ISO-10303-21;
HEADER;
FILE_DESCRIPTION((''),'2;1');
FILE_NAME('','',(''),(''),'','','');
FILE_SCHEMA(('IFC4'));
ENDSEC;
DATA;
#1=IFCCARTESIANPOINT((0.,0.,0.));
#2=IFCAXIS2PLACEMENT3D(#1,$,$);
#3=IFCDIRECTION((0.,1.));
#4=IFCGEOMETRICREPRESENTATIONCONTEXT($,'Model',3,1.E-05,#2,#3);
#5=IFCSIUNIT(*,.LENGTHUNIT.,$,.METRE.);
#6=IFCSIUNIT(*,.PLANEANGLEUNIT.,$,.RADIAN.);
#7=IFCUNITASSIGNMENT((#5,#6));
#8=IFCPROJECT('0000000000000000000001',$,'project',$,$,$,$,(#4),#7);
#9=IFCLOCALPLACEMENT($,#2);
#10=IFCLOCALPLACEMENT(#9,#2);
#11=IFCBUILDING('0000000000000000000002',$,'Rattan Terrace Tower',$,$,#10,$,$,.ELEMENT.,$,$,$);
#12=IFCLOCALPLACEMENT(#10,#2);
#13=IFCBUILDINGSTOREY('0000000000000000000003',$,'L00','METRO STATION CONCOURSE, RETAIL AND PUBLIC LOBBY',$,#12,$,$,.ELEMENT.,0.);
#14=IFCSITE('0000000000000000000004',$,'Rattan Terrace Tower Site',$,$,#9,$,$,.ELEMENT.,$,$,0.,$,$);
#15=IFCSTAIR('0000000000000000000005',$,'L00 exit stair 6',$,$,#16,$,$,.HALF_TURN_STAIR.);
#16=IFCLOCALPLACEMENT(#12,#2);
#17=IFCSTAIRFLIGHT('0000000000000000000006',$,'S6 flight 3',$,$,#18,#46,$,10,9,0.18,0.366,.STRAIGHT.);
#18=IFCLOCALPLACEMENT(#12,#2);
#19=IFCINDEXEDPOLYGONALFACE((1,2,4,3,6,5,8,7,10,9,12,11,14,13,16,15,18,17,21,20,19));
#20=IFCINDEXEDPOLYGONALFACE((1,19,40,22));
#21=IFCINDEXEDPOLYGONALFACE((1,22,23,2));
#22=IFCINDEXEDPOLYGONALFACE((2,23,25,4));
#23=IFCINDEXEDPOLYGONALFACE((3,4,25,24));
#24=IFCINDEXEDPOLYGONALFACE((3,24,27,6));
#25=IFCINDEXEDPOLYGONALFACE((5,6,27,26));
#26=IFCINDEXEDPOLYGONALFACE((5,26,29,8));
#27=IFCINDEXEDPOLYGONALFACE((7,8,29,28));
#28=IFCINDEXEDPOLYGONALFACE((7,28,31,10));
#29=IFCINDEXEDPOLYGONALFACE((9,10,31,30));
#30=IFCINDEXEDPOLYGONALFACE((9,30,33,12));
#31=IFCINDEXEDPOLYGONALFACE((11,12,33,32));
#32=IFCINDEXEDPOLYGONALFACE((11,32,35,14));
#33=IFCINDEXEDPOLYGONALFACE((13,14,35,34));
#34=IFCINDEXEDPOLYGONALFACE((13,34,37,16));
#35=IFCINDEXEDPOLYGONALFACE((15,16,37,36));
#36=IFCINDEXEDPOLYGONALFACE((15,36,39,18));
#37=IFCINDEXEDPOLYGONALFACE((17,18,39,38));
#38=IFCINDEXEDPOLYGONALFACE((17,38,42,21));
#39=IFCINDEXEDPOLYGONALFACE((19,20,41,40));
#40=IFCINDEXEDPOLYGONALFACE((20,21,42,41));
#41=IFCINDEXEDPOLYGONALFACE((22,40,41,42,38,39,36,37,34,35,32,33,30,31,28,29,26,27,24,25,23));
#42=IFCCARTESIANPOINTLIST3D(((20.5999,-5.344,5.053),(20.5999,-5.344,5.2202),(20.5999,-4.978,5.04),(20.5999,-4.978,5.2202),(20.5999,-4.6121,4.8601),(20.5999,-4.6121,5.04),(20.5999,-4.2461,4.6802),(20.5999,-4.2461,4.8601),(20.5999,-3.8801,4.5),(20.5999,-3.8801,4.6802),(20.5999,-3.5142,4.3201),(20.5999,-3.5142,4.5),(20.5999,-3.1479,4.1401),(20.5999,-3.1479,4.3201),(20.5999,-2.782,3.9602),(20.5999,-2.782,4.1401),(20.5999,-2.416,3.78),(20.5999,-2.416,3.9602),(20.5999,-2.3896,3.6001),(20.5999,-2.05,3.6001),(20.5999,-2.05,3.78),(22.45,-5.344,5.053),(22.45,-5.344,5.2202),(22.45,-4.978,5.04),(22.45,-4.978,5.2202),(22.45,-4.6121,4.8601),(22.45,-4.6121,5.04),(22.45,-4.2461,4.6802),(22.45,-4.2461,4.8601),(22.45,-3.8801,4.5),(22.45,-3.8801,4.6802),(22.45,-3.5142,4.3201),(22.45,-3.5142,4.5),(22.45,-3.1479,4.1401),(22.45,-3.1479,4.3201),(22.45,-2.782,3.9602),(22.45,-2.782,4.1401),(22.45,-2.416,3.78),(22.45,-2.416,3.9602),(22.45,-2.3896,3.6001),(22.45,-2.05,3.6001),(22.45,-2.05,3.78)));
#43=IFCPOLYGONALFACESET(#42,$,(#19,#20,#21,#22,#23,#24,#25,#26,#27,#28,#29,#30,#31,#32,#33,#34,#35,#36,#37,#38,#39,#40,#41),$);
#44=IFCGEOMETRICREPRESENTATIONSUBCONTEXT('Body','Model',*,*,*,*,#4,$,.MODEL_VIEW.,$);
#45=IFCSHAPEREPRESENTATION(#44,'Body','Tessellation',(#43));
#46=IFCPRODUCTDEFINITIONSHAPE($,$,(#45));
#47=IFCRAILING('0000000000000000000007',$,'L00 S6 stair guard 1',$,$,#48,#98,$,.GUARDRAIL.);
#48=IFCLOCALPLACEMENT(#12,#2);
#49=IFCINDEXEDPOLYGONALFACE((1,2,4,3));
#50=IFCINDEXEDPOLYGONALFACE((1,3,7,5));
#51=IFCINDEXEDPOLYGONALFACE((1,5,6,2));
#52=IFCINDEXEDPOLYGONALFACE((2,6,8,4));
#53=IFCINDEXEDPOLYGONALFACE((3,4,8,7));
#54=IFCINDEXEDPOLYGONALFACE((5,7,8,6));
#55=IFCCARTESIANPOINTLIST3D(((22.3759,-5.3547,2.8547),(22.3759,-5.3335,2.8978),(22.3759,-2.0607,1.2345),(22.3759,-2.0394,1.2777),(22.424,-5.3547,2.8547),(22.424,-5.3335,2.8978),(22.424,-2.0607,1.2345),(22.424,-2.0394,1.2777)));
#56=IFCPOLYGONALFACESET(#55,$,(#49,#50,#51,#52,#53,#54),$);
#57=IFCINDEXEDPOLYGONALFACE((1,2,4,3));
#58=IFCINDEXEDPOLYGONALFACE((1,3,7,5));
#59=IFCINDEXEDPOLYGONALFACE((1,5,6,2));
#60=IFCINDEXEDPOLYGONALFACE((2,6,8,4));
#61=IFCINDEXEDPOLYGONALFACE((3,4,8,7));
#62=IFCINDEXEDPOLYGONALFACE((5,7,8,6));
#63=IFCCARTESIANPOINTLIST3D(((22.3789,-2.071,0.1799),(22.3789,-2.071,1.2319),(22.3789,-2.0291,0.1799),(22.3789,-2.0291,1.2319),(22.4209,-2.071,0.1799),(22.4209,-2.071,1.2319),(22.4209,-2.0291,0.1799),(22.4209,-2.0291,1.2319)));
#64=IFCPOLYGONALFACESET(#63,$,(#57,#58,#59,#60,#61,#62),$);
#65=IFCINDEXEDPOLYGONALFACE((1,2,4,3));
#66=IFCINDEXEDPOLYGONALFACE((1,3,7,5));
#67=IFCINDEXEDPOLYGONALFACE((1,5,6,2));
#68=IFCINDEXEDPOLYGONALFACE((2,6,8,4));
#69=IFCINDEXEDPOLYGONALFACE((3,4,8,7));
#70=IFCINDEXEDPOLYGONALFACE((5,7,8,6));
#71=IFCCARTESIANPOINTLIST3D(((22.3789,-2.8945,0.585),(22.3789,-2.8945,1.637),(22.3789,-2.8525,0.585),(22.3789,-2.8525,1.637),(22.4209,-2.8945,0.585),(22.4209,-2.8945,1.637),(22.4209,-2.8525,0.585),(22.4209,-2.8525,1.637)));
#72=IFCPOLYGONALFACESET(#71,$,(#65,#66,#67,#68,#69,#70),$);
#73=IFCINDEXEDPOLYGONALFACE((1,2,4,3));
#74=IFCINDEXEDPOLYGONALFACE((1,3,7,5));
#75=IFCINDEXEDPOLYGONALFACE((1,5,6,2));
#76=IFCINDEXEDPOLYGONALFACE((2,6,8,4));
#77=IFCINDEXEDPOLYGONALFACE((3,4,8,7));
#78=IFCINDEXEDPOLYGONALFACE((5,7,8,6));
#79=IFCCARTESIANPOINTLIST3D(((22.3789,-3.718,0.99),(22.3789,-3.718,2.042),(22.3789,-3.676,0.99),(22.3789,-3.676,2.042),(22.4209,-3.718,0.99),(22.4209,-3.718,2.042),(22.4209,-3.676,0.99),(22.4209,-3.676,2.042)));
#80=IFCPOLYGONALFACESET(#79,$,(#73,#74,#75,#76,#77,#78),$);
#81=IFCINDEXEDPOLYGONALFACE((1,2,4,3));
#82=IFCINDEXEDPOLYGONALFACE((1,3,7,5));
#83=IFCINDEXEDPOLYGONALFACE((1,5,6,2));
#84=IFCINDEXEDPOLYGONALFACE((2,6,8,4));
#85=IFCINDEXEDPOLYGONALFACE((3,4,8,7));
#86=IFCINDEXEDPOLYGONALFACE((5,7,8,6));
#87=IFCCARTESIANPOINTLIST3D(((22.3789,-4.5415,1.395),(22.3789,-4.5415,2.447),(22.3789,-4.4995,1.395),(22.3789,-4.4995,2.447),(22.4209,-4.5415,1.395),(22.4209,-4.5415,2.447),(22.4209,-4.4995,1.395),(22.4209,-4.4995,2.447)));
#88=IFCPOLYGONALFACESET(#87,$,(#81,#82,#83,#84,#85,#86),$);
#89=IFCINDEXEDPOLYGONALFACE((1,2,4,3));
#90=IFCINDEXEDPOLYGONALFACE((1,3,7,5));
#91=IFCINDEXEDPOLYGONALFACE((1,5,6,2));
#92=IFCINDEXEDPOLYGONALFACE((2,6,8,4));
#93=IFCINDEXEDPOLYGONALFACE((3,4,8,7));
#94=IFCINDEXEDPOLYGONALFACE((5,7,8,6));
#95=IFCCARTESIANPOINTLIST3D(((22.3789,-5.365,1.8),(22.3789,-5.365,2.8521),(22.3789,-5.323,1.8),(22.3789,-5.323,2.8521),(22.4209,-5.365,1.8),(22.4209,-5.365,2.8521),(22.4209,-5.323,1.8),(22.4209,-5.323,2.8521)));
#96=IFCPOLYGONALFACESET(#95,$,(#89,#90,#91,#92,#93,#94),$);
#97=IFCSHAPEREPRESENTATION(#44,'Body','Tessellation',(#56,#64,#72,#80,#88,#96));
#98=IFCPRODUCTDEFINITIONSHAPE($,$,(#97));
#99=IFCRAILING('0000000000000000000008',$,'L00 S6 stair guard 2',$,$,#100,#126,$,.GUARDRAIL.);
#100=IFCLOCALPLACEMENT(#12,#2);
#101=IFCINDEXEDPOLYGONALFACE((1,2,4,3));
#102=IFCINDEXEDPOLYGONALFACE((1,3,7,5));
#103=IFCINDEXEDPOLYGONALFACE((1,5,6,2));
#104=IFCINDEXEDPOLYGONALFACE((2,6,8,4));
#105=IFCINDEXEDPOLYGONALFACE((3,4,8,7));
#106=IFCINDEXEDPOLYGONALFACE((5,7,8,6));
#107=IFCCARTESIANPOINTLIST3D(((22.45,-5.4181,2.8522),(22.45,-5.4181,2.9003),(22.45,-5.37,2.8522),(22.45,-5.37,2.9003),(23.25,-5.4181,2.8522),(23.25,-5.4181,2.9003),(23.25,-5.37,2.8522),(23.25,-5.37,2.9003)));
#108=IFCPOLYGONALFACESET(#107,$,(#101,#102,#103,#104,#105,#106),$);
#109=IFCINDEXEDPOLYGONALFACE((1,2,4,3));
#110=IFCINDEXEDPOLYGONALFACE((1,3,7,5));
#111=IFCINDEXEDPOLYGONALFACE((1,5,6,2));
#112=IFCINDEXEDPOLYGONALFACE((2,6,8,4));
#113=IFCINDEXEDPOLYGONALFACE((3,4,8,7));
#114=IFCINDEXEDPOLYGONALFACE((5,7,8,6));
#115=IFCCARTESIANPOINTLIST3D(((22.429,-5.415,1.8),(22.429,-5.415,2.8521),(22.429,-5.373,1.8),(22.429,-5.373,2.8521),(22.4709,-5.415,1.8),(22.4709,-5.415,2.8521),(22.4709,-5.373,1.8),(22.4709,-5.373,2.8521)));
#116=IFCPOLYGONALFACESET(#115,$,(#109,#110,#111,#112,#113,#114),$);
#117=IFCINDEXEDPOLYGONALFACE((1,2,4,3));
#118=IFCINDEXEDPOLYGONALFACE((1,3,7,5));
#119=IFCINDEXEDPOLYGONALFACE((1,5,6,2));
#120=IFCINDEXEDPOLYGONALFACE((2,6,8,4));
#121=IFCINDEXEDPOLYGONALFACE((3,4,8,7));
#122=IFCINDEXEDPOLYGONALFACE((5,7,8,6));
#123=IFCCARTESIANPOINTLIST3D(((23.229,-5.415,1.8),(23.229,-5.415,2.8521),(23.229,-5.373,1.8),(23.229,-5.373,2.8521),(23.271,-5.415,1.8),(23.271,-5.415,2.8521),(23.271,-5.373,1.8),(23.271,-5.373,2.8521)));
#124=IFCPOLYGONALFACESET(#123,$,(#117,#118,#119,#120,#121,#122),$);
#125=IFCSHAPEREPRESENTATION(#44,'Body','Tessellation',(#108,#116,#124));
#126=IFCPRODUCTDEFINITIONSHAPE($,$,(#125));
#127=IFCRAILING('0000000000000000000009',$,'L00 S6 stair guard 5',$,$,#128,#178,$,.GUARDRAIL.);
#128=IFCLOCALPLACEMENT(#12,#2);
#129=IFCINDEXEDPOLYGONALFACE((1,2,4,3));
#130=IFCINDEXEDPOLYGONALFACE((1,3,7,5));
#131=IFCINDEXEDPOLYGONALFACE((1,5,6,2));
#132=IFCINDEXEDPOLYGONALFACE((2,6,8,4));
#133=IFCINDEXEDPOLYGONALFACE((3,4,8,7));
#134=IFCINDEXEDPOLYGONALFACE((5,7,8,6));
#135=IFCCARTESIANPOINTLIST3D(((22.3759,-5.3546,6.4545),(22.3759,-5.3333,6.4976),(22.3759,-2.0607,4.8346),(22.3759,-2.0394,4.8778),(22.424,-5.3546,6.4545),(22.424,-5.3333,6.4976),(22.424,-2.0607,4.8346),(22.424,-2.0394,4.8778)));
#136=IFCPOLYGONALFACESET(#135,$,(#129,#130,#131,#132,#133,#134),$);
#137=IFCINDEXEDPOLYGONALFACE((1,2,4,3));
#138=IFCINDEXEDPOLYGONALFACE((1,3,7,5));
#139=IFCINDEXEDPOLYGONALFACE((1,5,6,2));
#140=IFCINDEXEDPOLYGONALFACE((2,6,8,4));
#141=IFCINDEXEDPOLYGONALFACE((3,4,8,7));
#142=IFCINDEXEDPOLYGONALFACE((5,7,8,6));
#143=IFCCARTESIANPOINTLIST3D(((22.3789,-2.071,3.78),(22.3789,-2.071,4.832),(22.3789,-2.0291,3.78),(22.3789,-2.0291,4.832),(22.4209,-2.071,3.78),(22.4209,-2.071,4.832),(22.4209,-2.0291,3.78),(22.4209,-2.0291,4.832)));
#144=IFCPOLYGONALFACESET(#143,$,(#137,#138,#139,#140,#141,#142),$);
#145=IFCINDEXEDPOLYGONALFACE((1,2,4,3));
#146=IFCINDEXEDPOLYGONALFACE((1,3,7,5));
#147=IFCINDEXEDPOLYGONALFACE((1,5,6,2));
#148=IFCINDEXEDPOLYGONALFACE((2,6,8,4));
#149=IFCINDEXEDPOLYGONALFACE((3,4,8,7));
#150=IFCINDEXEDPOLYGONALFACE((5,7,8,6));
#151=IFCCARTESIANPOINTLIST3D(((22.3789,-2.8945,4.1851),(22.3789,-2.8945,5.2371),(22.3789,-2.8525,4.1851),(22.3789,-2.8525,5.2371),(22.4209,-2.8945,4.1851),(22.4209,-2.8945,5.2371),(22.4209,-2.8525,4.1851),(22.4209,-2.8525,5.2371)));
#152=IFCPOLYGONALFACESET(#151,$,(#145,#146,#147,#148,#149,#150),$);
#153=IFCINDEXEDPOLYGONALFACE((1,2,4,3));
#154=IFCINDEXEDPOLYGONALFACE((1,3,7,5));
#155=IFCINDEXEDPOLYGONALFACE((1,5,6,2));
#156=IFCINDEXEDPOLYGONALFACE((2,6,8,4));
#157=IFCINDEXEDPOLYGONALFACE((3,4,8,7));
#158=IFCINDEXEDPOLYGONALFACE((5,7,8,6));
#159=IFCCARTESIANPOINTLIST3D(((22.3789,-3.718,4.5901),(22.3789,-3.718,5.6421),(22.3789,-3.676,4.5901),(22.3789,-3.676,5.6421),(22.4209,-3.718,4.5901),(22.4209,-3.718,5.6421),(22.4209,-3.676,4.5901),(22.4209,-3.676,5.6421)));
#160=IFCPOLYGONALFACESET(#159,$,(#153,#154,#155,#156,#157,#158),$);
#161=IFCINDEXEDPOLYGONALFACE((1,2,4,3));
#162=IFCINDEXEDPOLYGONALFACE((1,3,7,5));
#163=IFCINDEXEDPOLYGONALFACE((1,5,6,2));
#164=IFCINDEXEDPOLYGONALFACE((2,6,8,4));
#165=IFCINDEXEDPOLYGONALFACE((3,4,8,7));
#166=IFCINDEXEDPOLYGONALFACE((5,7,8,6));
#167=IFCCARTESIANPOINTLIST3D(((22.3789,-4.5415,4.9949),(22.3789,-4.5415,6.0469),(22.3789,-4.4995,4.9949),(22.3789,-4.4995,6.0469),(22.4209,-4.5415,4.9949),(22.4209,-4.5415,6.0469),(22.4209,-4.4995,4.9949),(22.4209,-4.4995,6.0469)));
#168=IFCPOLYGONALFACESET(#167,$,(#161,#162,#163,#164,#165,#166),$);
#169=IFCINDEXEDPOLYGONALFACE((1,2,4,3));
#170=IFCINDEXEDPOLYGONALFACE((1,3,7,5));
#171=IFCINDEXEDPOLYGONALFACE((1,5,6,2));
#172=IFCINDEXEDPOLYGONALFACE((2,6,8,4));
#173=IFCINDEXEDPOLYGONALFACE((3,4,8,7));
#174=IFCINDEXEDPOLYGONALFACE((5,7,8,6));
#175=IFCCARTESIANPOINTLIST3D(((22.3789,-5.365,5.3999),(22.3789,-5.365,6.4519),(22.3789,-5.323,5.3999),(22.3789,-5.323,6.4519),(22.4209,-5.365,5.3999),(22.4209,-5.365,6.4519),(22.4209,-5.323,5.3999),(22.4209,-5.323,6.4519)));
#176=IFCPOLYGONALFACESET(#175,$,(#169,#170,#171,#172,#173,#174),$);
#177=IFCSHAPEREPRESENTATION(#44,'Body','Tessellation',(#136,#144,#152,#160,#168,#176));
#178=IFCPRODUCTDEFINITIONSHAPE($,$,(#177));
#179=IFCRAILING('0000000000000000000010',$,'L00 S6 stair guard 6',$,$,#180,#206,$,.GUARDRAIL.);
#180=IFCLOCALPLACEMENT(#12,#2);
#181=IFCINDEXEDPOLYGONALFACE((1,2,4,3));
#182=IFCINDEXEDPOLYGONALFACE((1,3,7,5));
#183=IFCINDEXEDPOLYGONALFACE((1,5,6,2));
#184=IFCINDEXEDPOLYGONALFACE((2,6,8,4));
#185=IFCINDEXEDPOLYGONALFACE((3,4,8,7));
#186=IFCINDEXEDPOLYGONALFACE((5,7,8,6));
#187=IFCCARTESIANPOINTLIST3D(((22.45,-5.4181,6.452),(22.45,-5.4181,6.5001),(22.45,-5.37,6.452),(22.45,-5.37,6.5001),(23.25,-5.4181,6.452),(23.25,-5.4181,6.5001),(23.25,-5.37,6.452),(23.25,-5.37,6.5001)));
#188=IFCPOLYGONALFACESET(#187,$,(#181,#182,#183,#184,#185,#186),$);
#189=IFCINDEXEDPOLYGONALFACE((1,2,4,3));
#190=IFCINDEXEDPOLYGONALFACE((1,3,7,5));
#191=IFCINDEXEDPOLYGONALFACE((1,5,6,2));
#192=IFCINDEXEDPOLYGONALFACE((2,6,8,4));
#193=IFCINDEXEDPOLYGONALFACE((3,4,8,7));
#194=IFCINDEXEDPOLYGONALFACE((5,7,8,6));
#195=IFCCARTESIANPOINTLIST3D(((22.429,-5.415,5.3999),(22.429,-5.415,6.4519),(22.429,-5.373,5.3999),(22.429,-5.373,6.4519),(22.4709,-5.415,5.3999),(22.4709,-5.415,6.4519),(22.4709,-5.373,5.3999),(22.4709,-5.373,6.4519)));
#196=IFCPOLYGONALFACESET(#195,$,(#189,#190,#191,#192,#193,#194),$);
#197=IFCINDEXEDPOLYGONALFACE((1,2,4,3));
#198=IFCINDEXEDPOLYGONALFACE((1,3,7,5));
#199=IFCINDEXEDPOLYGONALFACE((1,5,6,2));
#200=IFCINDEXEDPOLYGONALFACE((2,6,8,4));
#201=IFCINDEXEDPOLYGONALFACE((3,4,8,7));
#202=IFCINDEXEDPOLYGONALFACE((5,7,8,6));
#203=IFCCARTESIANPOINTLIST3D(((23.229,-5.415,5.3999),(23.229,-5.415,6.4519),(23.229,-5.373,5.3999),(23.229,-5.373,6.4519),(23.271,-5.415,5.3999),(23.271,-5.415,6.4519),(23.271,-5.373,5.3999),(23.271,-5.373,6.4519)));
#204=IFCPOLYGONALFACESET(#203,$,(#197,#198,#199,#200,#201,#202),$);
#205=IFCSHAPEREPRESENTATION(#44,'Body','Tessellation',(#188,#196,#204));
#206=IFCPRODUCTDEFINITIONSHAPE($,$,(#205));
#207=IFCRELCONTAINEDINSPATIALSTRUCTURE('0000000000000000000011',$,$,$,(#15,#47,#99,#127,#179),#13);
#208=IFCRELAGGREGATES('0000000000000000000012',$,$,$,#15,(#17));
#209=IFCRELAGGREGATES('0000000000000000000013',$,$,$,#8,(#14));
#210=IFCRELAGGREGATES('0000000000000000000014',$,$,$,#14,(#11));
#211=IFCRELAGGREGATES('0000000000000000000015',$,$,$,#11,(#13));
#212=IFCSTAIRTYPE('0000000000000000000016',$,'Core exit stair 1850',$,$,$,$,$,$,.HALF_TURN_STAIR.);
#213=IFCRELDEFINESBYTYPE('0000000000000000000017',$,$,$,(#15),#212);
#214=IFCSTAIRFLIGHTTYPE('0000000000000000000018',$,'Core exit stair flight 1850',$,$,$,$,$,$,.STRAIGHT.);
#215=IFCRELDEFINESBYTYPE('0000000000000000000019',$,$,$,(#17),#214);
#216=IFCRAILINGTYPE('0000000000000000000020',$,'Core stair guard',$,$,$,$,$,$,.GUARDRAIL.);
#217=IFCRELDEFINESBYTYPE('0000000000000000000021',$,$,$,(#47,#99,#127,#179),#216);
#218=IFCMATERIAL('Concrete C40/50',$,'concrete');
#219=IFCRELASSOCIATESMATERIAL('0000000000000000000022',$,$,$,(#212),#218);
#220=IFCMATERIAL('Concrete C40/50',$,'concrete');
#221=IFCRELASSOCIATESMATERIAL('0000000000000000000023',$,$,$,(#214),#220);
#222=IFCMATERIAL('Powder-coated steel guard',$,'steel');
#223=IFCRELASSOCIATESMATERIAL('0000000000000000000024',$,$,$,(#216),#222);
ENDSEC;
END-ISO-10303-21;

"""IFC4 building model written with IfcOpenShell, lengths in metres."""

from ifc_helpers import new_model, si_unit, direction, frame, origin, origin_2d, place, context, subcontext, project, spatial, polyline, rectangle, outline, extrude, material, type_object, element, aggregate, save


model = new_model("IFC4")

# Units and contexts
model_context = context("Model", 3, precision=1e-05, world=origin(), true_north=direction((0.0, 1.0)))
body_context = subcontext(model_context, "Body", "Model", "MODEL_VIEW")
ifc_project = project(units=[si_unit("LENGTHUNIT", "METRE"), si_unit("PLANEANGLEUNIT", "RADIAN")], contexts=[model_context])

# Site, building, storey
site_placement = place(None, origin())
site = spatial("IfcSite", under=ifc_project, at=site_placement, Name="Rattan Terrace Tower Site", CompositionType="ELEMENT", RefElevation=0.0)
building_placement = place(site_placement, origin())
building = spatial("IfcBuilding", under=site, at=building_placement, Name="Rattan Terrace Tower", CompositionType="ELEMENT")
storey_placement = place(building_placement, origin())
storey = spatial("IfcBuildingStorey", under=building, at=storey_placement, Name="L00", Description="METRO STATION CONCOURSE, RETAIL AND PUBLIC LOBBY", CompositionType="ELEMENT", Elevation=0.0)

# Stair, stair flight
ifc_material_1 = material(Name="Concrete C40/50", Category="concrete")
stair_type = type_object("IfcStairType", Name="Core exit stair 1850", PredefinedType="HALF_TURN_STAIR", material=ifc_material_1)
stair_placement = place(storey_placement, origin())
stair = element("IfcStair", 1, at=stair_placement, inside=storey, type_object=stair_type, Name="L00 exit stair 6", PredefinedType="HALF_TURN_STAIR")
ifc_material_2 = material(Name="Concrete C40/50", Category="concrete")
stair_flight_type = type_object("IfcStairFlightType", Name="Core exit stair flight 1850", PredefinedType="STRAIGHT", material=ifc_material_2)
stair_flight_1_placement = place(storey_placement, frame((21.5249, -2.05, 3.6001), z_axis=(0.0, 0.0, 1.0), x_axis=(0.0, -1.0, 0.0)))
stair_flight_1 = element("IfcStairFlight", 2, at=stair_flight_1_placement, type_object=stair_flight_type, Name="S6 flight 3", NumberOfRisers=10, NumberOfTreads=9, PredefinedType="STRAIGHT", RiserHeight=0.18, TreadLength=0.366, context=body_context, shape_type="SweptSolid", body=[
    extrude(outline(polyline([(0.0, 0.0), (0.0, 0.1799), (0.366, 0.1799), (0.366, 0.3601), (0.7319, 0.3601), (0.7319, 0.54), (1.0979, 0.54), (1.0979, 0.72), (1.4641, 0.72), (1.4641, 0.8999), (1.8301, 0.8999), (1.8301, 1.0801), (2.196, 1.0801), (2.196, 1.26), (2.562, 1.26), (2.562, 1.4399), (2.928, 1.4399), (2.928, 1.6201), (3.2939, 1.6201), (3.2939, 1.8), (3.2939, 1.4529), (0.3396, 0.0), (0.0, 0.0)])), frame((0.0, 0.925, 0.0), z_axis=(0.0, -1.0, 0.0), x_axis=(1.0, 0.0, 0.0)), (0.0, 0.0, 1.0), 1.8501),
])
aggregate(stair, [stair_flight_1])

# Railings
ifc_material_3 = material(Name="Powder-coated steel guard", Category="steel")
railing_type_1 = type_object("IfcRailingType", Name="Core stair guard", PredefinedType="GUARDRAIL", material=ifc_material_3)
railing_1_placement = place(storey_placement, frame((22.3999, -2.05, 0.1799)))
element("IfcRailing", 3, at=railing_1_placement, inside=storey, type_object=railing_type_1, Name="L00 S6 stair guard 1", PredefinedType="GUARDRAIL", context=body_context, shape_type="SweptSolid", body=[
    extrude(rectangle(XDim=0.0481, YDim=0.0481, at=origin_2d()), frame((0.0, 0.0, 1.0762), z_axis=(0.0, -0.897334, 0.441351), x_axis=(1.0, 0.0, 0.0)), (0.0, 0.0, 1.0), 3.6709),
    extrude(rectangle(XDim=0.042, YDim=0.042, at=origin_2d()), origin(), (0.0, 0.0, 1.0), 1.052),
    extrude(rectangle(XDim=0.042, YDim=0.042, at=origin_2d()), frame((0.0, -0.8235, 0.405)), (0.0, 0.0, 1.0), 1.052),
    extrude(rectangle(XDim=0.042, YDim=0.042, at=origin_2d()), frame((0.0, -1.647, 0.8101)), (0.0, 0.0, 1.0), 1.052),
    extrude(rectangle(XDim=0.042, YDim=0.042, at=origin_2d()), frame((0.0, -2.4705, 1.2151)), (0.0, 0.0, 1.0), 1.052),
    extrude(rectangle(XDim=0.042, YDim=0.042, at=origin_2d()), frame((0.0, -3.2939, 1.6201)), (0.0, 0.0, 1.0), 1.052),
])
railing_2_placement = place(storey_placement, frame((22.45, -5.394, 1.8)))
element("IfcRailing", 4, at=railing_2_placement, inside=storey, type_object=railing_type_1, Name="L00 S6 stair guard 2", PredefinedType="GUARDRAIL", context=body_context, shape_type="SweptSolid", body=[
    extrude(rectangle(XDim=0.0481, YDim=0.0481, at=origin_2d()), frame((0.0, 0.0, 1.0762), z_axis=(1.0, 0.0, 0.0), x_axis=(0.0, 1.0, 0.0)), (0.0, 0.0, 1.0), 0.8),
    extrude(rectangle(XDim=0.042, YDim=0.042, at=origin_2d()), origin(), (0.0, 0.0, 1.0), 1.052),
    extrude(rectangle(XDim=0.042, YDim=0.042, at=origin_2d()), frame((0.8, 0.0, 0.0)), (0.0, 0.0, 1.0), 1.052),
])
railing_3_placement = place(storey_placement, frame((22.3999, -2.05, 3.78)))
element("IfcRailing", 5, at=railing_3_placement, inside=storey, type_object=railing_type_1, Name="L00 S6 stair guard 5", PredefinedType="GUARDRAIL", context=body_context, shape_type="SweptSolid", body=[
    extrude(rectangle(XDim=0.0481, YDim=0.0481, at=origin_2d()), frame((0.0, 0.0, 1.0762), z_axis=(0.0, -0.897361, 0.441298), x_axis=(1.0, 0.0, 0.0)), (0.0, 0.0, 1.0), 3.6707),
    extrude(rectangle(XDim=0.042, YDim=0.042, at=origin_2d()), origin(), (0.0, 0.0, 1.0), 1.052),
    extrude(rectangle(XDim=0.042, YDim=0.042, at=origin_2d()), frame((0.0, -0.8235, 0.405)), (0.0, 0.0, 1.0), 1.052),
    extrude(rectangle(XDim=0.042, YDim=0.042, at=origin_2d()), frame((0.0, -1.647, 0.8101)), (0.0, 0.0, 1.0), 1.052),
    extrude(rectangle(XDim=0.042, YDim=0.042, at=origin_2d()), frame((0.0, -2.4705, 1.2148)), (0.0, 0.0, 1.0), 1.052),
    extrude(rectangle(XDim=0.042, YDim=0.042, at=origin_2d()), frame((0.0, -3.2939, 1.6199)), (0.0, 0.0, 1.0), 1.052),
])
railing_4_placement = place(storey_placement, frame((22.45, -5.394, 5.3999)))
element("IfcRailing", 6, at=railing_4_placement, inside=storey, type_object=railing_type_1, Name="L00 S6 stair guard 6", PredefinedType="GUARDRAIL", context=body_context, shape_type="SweptSolid", body=[
    extrude(rectangle(XDim=0.0481, YDim=0.0481, at=origin_2d()), frame((0.0, 0.0, 1.0762), z_axis=(1.0, 0.0, 0.0), x_axis=(0.0, 1.0, 0.0)), (0.0, 0.0, 1.0), 0.8),
    extrude(rectangle(XDim=0.042, YDim=0.042, at=origin_2d()), origin(), (0.0, 0.0, 1.0), 1.052),
    extrude(rectangle(XDim=0.042, YDim=0.042, at=origin_2d()), frame((0.8, 0.0, 0.0)), (0.0, 0.0, 1.0), 1.052),
])

save(model, "model.ifc")
